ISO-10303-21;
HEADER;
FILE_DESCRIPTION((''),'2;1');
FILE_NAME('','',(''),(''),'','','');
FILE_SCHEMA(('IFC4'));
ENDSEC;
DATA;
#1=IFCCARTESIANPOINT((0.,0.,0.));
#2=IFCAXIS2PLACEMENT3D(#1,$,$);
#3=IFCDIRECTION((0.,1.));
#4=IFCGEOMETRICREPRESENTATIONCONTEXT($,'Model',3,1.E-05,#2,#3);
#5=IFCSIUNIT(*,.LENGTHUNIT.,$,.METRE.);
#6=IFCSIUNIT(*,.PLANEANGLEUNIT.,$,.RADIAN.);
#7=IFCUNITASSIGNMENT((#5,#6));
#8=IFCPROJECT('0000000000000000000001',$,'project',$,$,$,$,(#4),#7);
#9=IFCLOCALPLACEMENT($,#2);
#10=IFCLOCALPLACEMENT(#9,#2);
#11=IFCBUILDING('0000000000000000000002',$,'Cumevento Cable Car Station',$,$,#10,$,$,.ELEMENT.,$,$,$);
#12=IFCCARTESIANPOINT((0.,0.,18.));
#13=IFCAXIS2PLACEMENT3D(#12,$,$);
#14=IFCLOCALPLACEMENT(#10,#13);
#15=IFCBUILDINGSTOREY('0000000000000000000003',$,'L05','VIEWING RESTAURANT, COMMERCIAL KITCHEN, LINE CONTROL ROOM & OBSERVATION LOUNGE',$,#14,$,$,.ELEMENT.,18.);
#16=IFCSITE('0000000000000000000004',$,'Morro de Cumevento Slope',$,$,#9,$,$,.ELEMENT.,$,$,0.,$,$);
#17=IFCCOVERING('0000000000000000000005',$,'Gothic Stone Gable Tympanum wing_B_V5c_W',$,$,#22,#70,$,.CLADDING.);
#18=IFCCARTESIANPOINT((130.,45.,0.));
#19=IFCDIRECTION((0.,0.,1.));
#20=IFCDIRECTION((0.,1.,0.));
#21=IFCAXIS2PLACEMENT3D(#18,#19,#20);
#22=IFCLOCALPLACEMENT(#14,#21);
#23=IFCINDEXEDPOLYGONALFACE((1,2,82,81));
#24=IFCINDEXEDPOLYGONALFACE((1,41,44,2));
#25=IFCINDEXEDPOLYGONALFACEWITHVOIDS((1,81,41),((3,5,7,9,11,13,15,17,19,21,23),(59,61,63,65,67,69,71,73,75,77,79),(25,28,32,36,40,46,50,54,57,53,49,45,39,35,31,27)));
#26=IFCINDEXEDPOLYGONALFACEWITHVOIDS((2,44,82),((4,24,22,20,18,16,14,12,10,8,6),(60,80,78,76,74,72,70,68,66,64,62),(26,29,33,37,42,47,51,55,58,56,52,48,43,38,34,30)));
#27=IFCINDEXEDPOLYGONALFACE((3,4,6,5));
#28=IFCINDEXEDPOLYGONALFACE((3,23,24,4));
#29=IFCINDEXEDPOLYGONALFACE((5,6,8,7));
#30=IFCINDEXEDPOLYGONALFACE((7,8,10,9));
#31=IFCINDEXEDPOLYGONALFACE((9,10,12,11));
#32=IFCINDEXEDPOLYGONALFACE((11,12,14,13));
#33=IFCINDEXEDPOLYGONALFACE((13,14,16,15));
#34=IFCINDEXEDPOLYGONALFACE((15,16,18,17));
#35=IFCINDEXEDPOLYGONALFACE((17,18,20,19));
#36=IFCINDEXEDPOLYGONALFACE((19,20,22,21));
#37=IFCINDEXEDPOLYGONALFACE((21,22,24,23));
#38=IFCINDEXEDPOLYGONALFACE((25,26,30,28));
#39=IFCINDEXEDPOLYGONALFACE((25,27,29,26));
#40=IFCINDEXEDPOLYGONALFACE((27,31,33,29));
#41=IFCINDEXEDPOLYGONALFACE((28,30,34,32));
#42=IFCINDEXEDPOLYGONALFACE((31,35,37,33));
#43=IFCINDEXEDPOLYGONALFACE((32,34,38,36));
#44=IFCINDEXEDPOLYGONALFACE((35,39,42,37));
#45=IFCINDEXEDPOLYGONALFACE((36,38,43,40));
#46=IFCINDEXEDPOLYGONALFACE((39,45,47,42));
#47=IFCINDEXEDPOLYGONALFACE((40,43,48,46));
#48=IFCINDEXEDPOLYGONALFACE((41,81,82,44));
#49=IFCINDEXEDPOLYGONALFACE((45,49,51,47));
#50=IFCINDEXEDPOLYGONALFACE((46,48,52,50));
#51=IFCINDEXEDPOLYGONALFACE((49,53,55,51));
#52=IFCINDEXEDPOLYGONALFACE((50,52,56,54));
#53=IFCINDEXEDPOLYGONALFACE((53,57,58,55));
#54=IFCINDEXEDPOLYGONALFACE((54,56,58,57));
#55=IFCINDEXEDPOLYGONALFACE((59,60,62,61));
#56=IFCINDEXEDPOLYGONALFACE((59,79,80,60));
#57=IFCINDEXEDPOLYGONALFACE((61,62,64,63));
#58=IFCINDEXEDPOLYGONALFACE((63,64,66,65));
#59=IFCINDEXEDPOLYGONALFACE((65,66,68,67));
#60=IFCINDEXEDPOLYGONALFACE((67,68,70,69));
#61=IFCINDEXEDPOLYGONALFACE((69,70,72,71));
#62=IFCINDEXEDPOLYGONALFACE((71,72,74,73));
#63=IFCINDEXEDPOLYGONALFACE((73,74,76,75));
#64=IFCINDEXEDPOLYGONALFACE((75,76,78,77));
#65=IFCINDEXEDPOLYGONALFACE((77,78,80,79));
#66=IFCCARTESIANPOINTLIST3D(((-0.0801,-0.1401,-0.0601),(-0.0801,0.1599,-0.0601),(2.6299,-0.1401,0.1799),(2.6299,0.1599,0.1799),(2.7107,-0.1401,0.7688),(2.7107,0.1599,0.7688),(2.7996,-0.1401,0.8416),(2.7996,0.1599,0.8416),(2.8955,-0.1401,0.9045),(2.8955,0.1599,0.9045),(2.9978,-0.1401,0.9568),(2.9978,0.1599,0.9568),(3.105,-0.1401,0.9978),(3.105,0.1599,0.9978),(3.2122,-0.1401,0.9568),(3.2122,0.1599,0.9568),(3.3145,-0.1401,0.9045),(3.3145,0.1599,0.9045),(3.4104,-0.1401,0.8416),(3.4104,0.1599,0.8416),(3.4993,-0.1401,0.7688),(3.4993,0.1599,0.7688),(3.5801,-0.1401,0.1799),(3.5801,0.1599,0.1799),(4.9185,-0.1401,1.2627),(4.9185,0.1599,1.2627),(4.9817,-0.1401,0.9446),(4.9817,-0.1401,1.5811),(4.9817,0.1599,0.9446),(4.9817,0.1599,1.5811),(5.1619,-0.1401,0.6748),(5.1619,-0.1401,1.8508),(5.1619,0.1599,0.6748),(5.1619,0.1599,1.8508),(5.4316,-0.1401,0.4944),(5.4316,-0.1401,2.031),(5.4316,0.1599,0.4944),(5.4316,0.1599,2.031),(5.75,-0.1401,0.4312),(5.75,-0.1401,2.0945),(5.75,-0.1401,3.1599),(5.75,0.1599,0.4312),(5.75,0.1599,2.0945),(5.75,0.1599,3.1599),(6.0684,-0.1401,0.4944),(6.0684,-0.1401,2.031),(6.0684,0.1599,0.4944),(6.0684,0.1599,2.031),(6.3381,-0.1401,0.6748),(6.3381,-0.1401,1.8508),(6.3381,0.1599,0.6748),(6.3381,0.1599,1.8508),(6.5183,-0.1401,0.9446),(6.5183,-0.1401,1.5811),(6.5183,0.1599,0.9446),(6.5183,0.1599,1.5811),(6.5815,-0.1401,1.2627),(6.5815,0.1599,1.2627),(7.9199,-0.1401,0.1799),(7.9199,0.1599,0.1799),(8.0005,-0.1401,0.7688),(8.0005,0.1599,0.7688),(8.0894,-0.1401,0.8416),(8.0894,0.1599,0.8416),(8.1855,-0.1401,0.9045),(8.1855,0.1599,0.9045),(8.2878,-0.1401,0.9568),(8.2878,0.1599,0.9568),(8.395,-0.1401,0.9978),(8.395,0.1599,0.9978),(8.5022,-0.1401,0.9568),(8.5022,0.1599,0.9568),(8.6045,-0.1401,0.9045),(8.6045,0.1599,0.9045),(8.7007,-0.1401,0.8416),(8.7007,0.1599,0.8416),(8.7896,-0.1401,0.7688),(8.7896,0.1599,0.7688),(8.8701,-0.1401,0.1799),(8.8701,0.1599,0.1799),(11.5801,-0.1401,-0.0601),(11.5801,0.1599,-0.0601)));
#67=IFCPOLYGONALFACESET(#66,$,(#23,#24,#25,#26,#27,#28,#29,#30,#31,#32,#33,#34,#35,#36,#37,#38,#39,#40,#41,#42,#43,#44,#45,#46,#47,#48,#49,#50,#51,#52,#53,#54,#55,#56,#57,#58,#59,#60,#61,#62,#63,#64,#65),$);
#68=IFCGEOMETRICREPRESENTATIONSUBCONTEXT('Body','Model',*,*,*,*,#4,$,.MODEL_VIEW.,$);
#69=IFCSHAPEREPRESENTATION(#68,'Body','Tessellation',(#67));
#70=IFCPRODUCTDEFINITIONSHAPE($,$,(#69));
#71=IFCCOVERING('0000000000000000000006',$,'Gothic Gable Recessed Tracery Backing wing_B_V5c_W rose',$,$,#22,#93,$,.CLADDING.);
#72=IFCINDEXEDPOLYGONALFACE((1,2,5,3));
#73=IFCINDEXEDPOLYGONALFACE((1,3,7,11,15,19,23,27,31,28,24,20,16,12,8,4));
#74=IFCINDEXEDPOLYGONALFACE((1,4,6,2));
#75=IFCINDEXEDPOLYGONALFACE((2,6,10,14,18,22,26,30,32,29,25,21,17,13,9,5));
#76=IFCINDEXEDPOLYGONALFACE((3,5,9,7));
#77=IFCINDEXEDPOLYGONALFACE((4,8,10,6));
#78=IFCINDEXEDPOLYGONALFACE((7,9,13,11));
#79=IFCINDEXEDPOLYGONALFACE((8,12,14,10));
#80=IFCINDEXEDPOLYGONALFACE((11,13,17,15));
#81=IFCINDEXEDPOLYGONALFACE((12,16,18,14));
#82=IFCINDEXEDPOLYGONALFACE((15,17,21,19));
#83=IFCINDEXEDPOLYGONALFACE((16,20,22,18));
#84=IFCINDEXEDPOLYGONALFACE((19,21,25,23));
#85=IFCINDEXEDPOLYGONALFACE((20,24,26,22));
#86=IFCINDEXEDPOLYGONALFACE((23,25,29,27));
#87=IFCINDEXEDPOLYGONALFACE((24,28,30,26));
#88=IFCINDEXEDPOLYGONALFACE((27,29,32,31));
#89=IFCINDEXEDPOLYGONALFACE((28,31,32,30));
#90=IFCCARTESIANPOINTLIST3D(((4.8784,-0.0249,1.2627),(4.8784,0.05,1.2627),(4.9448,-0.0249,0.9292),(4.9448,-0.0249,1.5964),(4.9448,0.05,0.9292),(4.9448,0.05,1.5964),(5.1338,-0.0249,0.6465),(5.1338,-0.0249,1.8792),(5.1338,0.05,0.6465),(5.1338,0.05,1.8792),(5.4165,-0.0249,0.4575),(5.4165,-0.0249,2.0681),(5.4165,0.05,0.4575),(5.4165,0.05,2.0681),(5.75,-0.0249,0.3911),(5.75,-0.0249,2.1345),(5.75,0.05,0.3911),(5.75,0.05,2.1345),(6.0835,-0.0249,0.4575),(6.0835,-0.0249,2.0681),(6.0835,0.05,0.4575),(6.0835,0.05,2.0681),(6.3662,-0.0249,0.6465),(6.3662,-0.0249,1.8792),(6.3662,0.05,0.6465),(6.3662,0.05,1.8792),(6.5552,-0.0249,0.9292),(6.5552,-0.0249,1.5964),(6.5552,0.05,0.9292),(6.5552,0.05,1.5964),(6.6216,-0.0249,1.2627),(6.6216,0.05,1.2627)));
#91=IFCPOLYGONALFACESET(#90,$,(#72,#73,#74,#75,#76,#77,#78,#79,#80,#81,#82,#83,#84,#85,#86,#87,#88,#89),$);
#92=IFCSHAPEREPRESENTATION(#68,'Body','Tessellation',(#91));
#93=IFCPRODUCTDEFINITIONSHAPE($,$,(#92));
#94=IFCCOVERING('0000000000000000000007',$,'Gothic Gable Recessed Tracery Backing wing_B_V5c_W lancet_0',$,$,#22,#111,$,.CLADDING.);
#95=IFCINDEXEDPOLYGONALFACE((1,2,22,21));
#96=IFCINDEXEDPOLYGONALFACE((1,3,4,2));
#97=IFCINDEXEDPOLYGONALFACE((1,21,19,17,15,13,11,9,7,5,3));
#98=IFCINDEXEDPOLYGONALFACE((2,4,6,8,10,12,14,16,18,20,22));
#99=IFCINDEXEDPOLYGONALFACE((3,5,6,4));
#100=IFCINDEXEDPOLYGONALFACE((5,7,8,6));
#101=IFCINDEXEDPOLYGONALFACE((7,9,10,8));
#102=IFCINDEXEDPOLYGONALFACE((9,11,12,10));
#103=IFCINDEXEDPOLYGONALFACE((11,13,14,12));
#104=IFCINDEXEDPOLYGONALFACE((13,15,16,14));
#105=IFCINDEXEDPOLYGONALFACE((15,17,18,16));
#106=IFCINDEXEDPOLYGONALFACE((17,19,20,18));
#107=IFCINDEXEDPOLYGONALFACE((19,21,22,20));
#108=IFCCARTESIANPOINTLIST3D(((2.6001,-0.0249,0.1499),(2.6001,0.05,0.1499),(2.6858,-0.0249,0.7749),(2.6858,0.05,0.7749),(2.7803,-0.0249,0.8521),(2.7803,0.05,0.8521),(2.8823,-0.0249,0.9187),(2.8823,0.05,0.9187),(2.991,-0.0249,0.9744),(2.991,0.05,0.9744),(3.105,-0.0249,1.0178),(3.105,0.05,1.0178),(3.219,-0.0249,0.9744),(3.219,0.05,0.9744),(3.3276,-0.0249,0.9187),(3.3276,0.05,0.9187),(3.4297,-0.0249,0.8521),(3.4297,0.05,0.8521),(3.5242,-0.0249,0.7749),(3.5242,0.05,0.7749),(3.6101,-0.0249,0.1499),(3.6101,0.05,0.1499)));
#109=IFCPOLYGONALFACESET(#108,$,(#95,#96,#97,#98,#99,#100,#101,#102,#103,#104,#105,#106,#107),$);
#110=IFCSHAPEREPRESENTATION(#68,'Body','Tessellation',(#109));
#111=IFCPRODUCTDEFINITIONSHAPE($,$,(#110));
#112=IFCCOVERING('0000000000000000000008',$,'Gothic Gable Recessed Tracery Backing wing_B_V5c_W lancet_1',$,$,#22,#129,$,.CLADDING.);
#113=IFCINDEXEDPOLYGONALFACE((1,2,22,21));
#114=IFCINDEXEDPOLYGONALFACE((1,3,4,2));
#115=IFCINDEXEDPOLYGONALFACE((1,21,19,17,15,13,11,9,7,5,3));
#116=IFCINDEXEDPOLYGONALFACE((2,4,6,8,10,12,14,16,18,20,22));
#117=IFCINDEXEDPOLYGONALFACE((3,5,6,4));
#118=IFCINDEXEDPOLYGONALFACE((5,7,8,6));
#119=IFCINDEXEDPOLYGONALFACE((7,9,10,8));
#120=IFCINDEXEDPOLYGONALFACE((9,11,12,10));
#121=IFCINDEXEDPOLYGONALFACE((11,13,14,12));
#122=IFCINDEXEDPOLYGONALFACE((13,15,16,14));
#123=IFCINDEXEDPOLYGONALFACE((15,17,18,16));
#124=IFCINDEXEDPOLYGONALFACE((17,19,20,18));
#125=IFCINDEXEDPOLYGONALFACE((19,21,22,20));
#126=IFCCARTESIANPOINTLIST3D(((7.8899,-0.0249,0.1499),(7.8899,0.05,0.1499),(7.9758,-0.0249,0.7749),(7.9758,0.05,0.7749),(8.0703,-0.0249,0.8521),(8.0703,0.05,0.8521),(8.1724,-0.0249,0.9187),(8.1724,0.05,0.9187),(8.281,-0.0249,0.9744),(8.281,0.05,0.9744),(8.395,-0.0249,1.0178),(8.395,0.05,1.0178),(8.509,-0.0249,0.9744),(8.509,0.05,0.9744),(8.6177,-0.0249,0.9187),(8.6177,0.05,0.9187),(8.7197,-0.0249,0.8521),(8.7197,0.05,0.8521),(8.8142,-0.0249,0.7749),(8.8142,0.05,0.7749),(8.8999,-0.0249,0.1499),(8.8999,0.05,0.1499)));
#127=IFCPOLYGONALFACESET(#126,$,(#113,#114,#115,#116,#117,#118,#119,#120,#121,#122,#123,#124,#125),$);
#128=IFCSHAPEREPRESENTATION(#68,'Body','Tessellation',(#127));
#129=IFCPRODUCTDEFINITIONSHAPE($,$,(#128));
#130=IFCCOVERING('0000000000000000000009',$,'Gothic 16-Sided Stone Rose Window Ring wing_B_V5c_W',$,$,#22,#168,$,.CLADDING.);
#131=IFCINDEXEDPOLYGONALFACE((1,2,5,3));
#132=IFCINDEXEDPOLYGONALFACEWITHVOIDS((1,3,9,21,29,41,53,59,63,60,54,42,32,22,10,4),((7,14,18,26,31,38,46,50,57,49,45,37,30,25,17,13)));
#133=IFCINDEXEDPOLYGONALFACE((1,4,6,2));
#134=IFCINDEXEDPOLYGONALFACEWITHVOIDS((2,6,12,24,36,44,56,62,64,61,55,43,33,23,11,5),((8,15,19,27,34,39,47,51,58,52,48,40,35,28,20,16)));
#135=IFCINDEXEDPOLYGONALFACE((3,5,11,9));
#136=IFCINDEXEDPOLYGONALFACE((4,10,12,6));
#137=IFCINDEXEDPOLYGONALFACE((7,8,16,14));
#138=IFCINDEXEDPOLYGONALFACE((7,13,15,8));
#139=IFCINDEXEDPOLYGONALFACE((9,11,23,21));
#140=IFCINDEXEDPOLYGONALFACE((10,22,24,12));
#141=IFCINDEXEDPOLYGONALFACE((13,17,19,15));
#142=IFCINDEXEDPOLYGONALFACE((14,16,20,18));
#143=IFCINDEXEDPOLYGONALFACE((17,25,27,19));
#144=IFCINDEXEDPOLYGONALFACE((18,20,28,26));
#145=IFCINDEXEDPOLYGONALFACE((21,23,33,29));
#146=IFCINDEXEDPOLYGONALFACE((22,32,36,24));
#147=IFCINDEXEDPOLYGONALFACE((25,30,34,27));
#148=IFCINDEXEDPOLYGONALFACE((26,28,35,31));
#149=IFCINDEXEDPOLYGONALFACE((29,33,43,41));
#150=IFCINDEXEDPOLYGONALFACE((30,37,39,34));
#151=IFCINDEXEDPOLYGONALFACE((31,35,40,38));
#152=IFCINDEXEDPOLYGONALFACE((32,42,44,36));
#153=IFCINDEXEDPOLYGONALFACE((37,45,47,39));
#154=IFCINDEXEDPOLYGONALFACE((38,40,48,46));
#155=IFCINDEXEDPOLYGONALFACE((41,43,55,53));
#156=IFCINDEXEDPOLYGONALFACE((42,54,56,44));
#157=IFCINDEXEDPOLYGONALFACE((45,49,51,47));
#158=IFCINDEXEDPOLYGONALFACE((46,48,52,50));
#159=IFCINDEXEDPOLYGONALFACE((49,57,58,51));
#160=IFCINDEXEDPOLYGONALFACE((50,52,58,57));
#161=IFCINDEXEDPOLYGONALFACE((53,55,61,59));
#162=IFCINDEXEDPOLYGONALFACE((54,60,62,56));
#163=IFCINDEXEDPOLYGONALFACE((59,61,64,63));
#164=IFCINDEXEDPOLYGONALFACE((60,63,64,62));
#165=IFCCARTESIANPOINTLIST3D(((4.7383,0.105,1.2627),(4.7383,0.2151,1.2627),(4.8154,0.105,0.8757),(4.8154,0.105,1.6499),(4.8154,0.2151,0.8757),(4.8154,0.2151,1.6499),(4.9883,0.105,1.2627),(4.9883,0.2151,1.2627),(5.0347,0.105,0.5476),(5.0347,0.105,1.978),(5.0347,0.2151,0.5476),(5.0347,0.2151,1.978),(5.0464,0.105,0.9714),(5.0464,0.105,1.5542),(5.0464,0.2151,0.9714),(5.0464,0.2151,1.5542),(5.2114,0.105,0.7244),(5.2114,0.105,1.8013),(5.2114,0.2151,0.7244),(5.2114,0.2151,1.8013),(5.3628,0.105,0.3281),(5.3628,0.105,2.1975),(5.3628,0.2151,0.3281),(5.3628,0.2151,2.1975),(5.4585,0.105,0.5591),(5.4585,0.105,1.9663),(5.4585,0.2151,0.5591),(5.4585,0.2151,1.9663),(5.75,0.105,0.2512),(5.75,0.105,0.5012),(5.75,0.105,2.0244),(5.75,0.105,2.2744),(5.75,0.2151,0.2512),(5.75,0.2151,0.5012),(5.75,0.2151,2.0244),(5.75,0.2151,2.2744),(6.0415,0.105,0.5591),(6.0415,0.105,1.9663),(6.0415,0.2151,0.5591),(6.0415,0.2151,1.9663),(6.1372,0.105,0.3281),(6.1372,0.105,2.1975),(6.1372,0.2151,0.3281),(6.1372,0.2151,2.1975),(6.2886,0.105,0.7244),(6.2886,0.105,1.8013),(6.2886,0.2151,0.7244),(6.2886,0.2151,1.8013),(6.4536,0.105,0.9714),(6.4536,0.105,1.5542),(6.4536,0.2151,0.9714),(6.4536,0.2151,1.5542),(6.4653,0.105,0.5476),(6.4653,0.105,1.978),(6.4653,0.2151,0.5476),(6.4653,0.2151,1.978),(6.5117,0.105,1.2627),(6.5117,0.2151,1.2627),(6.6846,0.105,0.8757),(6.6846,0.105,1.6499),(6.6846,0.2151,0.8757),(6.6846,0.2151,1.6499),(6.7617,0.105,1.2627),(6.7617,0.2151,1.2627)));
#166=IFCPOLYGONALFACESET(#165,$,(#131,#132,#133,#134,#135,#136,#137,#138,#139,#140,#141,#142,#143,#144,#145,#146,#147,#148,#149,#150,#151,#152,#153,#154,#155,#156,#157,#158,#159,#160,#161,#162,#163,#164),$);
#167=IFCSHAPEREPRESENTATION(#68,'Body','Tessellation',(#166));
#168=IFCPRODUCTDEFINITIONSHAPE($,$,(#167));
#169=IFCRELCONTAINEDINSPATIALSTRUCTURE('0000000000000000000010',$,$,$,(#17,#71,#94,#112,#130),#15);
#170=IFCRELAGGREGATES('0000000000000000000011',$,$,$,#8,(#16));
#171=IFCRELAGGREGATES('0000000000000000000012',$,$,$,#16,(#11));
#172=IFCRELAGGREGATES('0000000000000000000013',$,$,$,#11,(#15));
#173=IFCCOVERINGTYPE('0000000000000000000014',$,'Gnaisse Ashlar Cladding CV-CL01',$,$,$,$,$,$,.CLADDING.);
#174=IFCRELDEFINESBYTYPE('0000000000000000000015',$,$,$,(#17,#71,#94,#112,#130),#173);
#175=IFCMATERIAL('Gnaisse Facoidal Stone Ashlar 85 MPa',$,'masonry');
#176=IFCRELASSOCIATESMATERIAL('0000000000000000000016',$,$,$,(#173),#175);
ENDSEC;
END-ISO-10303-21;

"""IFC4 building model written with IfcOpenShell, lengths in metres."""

from ifc_helpers import new_model, si_unit, direction, frame, origin, place, context, subcontext, project, spatial, polyline, outline, extrude, material, type_object, element, save


model = new_model("IFC4")

# Units and contexts
model_context = context("Model", 3, precision=1e-05, world=origin(), true_north=direction((0.0, 1.0)))
body_context = subcontext(model_context, "Body", "Model", "MODEL_VIEW")
ifc_project = project(units=[si_unit("LENGTHUNIT", "METRE"), si_unit("PLANEANGLEUNIT", "RADIAN")], contexts=[model_context])

# Site, building, storey
site_placement = place(None, origin())
site = spatial("IfcSite", under=ifc_project, at=site_placement, Name="Morro de Cumevento Slope", CompositionType="ELEMENT", RefElevation=0.0)
building_placement = place(site_placement, origin())
building = spatial("IfcBuilding", under=site, at=building_placement, Name="Cumevento Cable Car Station", CompositionType="ELEMENT")
storey_placement = place(building_placement, frame((0.0, 0.0, 18.0)))
storey = spatial("IfcBuildingStorey", under=building, at=storey_placement, Name="L05", Description="VIEWING RESTAURANT, COMMERCIAL KITCHEN, LINE CONTROL ROOM & OBSERVATION LOUNGE", CompositionType="ELEMENT", Elevation=18.0)

# Coverings
ifc_material_1 = material(Name="Gnaisse Facoidal Stone Ashlar 85 MPa", Category="masonry")
covering_type = type_object("IfcCoveringType", Name="Gnaisse Ashlar Cladding CV-CL01", PredefinedType="CLADDING", material=ifc_material_1)
placement = place(storey_placement, frame((130.0, 45.0, 0.0), z_axis=(0.0, 0.0, 1.0), x_axis=(0.0, 1.0, 0.0)))
element("IfcCovering", 1, at=placement, inside=storey, type_object=covering_type, Name="Gothic Stone Gable Tympanum wing_B_V5c_W", PredefinedType="CLADDING", context=body_context, shape_type="SweptSolid", body=[
    extrude(outline(polyline([(-0.0801, -0.0601), (11.5801, -0.0601), (5.75, 3.1599), (-0.0801, -0.0601)]), holes=[polyline([(6.5815, 1.2627), (6.5183, 1.5811), (6.3381, 1.8508), (6.0684, 2.031), (5.75, 2.0945), (5.4316, 2.031), (5.1619, 1.8508), (4.9817, 1.5811), (4.9185, 1.2627), (4.9817, 0.9446), (5.1619, 0.6748), (5.4316, 0.4944), (5.75, 0.4312), (6.0684, 0.4944), (6.3381, 0.6748), (6.5183, 0.9446), (6.5815, 1.2627)]), polyline([(2.6299, 0.1799), (3.5801, 0.1799), (3.4993, 0.7688), (3.4104, 0.8416), (3.3145, 0.9045), (3.2122, 0.9568), (3.105, 0.9978), (2.9978, 0.9568), (2.8955, 0.9045), (2.7996, 0.8416), (2.7107, 0.7688), (2.6299, 0.1799)]), polyline([(7.9199, 0.1799), (8.8701, 0.1799), (8.7896, 0.7688), (8.7007, 0.8416), (8.6045, 0.9045), (8.5022, 0.9568), (8.395, 0.9978), (8.2878, 0.9568), (8.1855, 0.9045), (8.0894, 0.8416), (8.0005, 0.7688), (7.9199, 0.1799)])]), frame((0.0, 0.1599, 0.0), z_axis=(0.0, -1.0, 0.0), x_axis=(1.0, 0.0, 0.0)), (0.0, 0.0, 1.0), 0.3),
])
element("IfcCovering", 2, at=placement, inside=storey, type_object=covering_type, Name="Gothic Gable Recessed Tracery Backing wing_B_V5c_W rose", PredefinedType="CLADDING", context=body_context, shape_type="SweptSolid", body=[
    extrude(outline(polyline([(6.6216, 1.2627), (6.5552, 1.5964), (6.3662, 1.8792), (6.0835, 2.0681), (5.75, 2.1345), (5.4165, 2.0681), (5.1338, 1.8792), (4.9448, 1.5964), (4.8784, 1.2627), (4.9448, 0.9292), (5.1338, 0.6465), (5.4165, 0.4575), (5.75, 0.3911), (6.0835, 0.4575), (6.3662, 0.6465), (6.5552, 0.9292), (6.6216, 1.2627)])), frame((0.0, 0.05, 0.0), z_axis=(0.0, -1.0, 0.0), x_axis=(1.0, 0.0, 0.0)), (0.0, 0.0, 1.0), 0.075),
])
element("IfcCovering", 3, at=placement, inside=storey, type_object=covering_type, Name="Gothic Gable Recessed Tracery Backing wing_B_V5c_W lancet_0", PredefinedType="CLADDING", context=body_context, shape_type="SweptSolid", body=[
    extrude(outline(polyline([(2.6001, 0.1499), (3.6101, 0.1499), (3.5242, 0.7749), (3.4297, 0.8521), (3.3276, 0.9187), (3.219, 0.9744), (3.105, 1.0178), (2.991, 0.9744), (2.8823, 0.9187), (2.7803, 0.8521), (2.6858, 0.7749), (2.6001, 0.1499)])), frame((0.0, 0.05, 0.0), z_axis=(0.0, -1.0, 0.0), x_axis=(1.0, 0.0, 0.0)), (0.0, 0.0, 1.0), 0.075),
])
element("IfcCovering", 4, at=placement, inside=storey, type_object=covering_type, Name="Gothic Gable Recessed Tracery Backing wing_B_V5c_W lancet_1", PredefinedType="CLADDING", context=body_context, shape_type="SweptSolid", body=[
    extrude(outline(polyline([(7.8899, 0.1499), (8.8999, 0.1499), (8.8142, 0.7749), (8.7197, 0.8521), (8.6177, 0.9187), (8.509, 0.9744), (8.395, 1.0178), (8.281, 0.9744), (8.1724, 0.9187), (8.0703, 0.8521), (7.9758, 0.7749), (7.8899, 0.1499)])), frame((0.0, 0.05, 0.0), z_axis=(0.0, -1.0, 0.0), x_axis=(1.0, 0.0, 0.0)), (0.0, 0.0, 1.0), 0.075),
])
element("IfcCovering", 5, at=placement, inside=storey, type_object=covering_type, Name="Gothic 16-Sided Stone Rose Window Ring wing_B_V5c_W", PredefinedType="CLADDING", context=body_context, shape_type="SweptSolid", body=[
    extrude(outline(polyline([(6.7617, 1.2627), (6.6846, 1.6499), (6.4653, 1.978), (6.1372, 2.1975), (5.75, 2.2744), (5.3628, 2.1975), (5.0347, 1.978), (4.8154, 1.6499), (4.7383, 1.2627), (4.8154, 0.8757), (5.0347, 0.5476), (5.3628, 0.3281), (5.75, 0.2512), (6.1372, 0.3281), (6.4653, 0.5476), (6.6846, 0.8757), (6.7617, 1.2627)]), holes=[polyline([(6.5117, 1.2627), (6.4536, 1.5542), (6.2886, 1.8013), (6.0415, 1.9663), (5.75, 2.0244), (5.4585, 1.9663), (5.2114, 1.8013), (5.0464, 1.5542), (4.9883, 1.2627), (5.0464, 0.9714), (5.2114, 0.7244), (5.4585, 0.5591), (5.75, 0.5012), (6.0415, 0.5591), (6.2886, 0.7244), (6.4536, 0.9714), (6.5117, 1.2627)])]), frame((0.0, 0.2151, 0.0), z_axis=(0.0, -1.0, 0.0), x_axis=(1.0, 0.0, 0.0)), (0.0, 0.0, 1.0), 0.1101),
])

save(model, "model.ifc")
